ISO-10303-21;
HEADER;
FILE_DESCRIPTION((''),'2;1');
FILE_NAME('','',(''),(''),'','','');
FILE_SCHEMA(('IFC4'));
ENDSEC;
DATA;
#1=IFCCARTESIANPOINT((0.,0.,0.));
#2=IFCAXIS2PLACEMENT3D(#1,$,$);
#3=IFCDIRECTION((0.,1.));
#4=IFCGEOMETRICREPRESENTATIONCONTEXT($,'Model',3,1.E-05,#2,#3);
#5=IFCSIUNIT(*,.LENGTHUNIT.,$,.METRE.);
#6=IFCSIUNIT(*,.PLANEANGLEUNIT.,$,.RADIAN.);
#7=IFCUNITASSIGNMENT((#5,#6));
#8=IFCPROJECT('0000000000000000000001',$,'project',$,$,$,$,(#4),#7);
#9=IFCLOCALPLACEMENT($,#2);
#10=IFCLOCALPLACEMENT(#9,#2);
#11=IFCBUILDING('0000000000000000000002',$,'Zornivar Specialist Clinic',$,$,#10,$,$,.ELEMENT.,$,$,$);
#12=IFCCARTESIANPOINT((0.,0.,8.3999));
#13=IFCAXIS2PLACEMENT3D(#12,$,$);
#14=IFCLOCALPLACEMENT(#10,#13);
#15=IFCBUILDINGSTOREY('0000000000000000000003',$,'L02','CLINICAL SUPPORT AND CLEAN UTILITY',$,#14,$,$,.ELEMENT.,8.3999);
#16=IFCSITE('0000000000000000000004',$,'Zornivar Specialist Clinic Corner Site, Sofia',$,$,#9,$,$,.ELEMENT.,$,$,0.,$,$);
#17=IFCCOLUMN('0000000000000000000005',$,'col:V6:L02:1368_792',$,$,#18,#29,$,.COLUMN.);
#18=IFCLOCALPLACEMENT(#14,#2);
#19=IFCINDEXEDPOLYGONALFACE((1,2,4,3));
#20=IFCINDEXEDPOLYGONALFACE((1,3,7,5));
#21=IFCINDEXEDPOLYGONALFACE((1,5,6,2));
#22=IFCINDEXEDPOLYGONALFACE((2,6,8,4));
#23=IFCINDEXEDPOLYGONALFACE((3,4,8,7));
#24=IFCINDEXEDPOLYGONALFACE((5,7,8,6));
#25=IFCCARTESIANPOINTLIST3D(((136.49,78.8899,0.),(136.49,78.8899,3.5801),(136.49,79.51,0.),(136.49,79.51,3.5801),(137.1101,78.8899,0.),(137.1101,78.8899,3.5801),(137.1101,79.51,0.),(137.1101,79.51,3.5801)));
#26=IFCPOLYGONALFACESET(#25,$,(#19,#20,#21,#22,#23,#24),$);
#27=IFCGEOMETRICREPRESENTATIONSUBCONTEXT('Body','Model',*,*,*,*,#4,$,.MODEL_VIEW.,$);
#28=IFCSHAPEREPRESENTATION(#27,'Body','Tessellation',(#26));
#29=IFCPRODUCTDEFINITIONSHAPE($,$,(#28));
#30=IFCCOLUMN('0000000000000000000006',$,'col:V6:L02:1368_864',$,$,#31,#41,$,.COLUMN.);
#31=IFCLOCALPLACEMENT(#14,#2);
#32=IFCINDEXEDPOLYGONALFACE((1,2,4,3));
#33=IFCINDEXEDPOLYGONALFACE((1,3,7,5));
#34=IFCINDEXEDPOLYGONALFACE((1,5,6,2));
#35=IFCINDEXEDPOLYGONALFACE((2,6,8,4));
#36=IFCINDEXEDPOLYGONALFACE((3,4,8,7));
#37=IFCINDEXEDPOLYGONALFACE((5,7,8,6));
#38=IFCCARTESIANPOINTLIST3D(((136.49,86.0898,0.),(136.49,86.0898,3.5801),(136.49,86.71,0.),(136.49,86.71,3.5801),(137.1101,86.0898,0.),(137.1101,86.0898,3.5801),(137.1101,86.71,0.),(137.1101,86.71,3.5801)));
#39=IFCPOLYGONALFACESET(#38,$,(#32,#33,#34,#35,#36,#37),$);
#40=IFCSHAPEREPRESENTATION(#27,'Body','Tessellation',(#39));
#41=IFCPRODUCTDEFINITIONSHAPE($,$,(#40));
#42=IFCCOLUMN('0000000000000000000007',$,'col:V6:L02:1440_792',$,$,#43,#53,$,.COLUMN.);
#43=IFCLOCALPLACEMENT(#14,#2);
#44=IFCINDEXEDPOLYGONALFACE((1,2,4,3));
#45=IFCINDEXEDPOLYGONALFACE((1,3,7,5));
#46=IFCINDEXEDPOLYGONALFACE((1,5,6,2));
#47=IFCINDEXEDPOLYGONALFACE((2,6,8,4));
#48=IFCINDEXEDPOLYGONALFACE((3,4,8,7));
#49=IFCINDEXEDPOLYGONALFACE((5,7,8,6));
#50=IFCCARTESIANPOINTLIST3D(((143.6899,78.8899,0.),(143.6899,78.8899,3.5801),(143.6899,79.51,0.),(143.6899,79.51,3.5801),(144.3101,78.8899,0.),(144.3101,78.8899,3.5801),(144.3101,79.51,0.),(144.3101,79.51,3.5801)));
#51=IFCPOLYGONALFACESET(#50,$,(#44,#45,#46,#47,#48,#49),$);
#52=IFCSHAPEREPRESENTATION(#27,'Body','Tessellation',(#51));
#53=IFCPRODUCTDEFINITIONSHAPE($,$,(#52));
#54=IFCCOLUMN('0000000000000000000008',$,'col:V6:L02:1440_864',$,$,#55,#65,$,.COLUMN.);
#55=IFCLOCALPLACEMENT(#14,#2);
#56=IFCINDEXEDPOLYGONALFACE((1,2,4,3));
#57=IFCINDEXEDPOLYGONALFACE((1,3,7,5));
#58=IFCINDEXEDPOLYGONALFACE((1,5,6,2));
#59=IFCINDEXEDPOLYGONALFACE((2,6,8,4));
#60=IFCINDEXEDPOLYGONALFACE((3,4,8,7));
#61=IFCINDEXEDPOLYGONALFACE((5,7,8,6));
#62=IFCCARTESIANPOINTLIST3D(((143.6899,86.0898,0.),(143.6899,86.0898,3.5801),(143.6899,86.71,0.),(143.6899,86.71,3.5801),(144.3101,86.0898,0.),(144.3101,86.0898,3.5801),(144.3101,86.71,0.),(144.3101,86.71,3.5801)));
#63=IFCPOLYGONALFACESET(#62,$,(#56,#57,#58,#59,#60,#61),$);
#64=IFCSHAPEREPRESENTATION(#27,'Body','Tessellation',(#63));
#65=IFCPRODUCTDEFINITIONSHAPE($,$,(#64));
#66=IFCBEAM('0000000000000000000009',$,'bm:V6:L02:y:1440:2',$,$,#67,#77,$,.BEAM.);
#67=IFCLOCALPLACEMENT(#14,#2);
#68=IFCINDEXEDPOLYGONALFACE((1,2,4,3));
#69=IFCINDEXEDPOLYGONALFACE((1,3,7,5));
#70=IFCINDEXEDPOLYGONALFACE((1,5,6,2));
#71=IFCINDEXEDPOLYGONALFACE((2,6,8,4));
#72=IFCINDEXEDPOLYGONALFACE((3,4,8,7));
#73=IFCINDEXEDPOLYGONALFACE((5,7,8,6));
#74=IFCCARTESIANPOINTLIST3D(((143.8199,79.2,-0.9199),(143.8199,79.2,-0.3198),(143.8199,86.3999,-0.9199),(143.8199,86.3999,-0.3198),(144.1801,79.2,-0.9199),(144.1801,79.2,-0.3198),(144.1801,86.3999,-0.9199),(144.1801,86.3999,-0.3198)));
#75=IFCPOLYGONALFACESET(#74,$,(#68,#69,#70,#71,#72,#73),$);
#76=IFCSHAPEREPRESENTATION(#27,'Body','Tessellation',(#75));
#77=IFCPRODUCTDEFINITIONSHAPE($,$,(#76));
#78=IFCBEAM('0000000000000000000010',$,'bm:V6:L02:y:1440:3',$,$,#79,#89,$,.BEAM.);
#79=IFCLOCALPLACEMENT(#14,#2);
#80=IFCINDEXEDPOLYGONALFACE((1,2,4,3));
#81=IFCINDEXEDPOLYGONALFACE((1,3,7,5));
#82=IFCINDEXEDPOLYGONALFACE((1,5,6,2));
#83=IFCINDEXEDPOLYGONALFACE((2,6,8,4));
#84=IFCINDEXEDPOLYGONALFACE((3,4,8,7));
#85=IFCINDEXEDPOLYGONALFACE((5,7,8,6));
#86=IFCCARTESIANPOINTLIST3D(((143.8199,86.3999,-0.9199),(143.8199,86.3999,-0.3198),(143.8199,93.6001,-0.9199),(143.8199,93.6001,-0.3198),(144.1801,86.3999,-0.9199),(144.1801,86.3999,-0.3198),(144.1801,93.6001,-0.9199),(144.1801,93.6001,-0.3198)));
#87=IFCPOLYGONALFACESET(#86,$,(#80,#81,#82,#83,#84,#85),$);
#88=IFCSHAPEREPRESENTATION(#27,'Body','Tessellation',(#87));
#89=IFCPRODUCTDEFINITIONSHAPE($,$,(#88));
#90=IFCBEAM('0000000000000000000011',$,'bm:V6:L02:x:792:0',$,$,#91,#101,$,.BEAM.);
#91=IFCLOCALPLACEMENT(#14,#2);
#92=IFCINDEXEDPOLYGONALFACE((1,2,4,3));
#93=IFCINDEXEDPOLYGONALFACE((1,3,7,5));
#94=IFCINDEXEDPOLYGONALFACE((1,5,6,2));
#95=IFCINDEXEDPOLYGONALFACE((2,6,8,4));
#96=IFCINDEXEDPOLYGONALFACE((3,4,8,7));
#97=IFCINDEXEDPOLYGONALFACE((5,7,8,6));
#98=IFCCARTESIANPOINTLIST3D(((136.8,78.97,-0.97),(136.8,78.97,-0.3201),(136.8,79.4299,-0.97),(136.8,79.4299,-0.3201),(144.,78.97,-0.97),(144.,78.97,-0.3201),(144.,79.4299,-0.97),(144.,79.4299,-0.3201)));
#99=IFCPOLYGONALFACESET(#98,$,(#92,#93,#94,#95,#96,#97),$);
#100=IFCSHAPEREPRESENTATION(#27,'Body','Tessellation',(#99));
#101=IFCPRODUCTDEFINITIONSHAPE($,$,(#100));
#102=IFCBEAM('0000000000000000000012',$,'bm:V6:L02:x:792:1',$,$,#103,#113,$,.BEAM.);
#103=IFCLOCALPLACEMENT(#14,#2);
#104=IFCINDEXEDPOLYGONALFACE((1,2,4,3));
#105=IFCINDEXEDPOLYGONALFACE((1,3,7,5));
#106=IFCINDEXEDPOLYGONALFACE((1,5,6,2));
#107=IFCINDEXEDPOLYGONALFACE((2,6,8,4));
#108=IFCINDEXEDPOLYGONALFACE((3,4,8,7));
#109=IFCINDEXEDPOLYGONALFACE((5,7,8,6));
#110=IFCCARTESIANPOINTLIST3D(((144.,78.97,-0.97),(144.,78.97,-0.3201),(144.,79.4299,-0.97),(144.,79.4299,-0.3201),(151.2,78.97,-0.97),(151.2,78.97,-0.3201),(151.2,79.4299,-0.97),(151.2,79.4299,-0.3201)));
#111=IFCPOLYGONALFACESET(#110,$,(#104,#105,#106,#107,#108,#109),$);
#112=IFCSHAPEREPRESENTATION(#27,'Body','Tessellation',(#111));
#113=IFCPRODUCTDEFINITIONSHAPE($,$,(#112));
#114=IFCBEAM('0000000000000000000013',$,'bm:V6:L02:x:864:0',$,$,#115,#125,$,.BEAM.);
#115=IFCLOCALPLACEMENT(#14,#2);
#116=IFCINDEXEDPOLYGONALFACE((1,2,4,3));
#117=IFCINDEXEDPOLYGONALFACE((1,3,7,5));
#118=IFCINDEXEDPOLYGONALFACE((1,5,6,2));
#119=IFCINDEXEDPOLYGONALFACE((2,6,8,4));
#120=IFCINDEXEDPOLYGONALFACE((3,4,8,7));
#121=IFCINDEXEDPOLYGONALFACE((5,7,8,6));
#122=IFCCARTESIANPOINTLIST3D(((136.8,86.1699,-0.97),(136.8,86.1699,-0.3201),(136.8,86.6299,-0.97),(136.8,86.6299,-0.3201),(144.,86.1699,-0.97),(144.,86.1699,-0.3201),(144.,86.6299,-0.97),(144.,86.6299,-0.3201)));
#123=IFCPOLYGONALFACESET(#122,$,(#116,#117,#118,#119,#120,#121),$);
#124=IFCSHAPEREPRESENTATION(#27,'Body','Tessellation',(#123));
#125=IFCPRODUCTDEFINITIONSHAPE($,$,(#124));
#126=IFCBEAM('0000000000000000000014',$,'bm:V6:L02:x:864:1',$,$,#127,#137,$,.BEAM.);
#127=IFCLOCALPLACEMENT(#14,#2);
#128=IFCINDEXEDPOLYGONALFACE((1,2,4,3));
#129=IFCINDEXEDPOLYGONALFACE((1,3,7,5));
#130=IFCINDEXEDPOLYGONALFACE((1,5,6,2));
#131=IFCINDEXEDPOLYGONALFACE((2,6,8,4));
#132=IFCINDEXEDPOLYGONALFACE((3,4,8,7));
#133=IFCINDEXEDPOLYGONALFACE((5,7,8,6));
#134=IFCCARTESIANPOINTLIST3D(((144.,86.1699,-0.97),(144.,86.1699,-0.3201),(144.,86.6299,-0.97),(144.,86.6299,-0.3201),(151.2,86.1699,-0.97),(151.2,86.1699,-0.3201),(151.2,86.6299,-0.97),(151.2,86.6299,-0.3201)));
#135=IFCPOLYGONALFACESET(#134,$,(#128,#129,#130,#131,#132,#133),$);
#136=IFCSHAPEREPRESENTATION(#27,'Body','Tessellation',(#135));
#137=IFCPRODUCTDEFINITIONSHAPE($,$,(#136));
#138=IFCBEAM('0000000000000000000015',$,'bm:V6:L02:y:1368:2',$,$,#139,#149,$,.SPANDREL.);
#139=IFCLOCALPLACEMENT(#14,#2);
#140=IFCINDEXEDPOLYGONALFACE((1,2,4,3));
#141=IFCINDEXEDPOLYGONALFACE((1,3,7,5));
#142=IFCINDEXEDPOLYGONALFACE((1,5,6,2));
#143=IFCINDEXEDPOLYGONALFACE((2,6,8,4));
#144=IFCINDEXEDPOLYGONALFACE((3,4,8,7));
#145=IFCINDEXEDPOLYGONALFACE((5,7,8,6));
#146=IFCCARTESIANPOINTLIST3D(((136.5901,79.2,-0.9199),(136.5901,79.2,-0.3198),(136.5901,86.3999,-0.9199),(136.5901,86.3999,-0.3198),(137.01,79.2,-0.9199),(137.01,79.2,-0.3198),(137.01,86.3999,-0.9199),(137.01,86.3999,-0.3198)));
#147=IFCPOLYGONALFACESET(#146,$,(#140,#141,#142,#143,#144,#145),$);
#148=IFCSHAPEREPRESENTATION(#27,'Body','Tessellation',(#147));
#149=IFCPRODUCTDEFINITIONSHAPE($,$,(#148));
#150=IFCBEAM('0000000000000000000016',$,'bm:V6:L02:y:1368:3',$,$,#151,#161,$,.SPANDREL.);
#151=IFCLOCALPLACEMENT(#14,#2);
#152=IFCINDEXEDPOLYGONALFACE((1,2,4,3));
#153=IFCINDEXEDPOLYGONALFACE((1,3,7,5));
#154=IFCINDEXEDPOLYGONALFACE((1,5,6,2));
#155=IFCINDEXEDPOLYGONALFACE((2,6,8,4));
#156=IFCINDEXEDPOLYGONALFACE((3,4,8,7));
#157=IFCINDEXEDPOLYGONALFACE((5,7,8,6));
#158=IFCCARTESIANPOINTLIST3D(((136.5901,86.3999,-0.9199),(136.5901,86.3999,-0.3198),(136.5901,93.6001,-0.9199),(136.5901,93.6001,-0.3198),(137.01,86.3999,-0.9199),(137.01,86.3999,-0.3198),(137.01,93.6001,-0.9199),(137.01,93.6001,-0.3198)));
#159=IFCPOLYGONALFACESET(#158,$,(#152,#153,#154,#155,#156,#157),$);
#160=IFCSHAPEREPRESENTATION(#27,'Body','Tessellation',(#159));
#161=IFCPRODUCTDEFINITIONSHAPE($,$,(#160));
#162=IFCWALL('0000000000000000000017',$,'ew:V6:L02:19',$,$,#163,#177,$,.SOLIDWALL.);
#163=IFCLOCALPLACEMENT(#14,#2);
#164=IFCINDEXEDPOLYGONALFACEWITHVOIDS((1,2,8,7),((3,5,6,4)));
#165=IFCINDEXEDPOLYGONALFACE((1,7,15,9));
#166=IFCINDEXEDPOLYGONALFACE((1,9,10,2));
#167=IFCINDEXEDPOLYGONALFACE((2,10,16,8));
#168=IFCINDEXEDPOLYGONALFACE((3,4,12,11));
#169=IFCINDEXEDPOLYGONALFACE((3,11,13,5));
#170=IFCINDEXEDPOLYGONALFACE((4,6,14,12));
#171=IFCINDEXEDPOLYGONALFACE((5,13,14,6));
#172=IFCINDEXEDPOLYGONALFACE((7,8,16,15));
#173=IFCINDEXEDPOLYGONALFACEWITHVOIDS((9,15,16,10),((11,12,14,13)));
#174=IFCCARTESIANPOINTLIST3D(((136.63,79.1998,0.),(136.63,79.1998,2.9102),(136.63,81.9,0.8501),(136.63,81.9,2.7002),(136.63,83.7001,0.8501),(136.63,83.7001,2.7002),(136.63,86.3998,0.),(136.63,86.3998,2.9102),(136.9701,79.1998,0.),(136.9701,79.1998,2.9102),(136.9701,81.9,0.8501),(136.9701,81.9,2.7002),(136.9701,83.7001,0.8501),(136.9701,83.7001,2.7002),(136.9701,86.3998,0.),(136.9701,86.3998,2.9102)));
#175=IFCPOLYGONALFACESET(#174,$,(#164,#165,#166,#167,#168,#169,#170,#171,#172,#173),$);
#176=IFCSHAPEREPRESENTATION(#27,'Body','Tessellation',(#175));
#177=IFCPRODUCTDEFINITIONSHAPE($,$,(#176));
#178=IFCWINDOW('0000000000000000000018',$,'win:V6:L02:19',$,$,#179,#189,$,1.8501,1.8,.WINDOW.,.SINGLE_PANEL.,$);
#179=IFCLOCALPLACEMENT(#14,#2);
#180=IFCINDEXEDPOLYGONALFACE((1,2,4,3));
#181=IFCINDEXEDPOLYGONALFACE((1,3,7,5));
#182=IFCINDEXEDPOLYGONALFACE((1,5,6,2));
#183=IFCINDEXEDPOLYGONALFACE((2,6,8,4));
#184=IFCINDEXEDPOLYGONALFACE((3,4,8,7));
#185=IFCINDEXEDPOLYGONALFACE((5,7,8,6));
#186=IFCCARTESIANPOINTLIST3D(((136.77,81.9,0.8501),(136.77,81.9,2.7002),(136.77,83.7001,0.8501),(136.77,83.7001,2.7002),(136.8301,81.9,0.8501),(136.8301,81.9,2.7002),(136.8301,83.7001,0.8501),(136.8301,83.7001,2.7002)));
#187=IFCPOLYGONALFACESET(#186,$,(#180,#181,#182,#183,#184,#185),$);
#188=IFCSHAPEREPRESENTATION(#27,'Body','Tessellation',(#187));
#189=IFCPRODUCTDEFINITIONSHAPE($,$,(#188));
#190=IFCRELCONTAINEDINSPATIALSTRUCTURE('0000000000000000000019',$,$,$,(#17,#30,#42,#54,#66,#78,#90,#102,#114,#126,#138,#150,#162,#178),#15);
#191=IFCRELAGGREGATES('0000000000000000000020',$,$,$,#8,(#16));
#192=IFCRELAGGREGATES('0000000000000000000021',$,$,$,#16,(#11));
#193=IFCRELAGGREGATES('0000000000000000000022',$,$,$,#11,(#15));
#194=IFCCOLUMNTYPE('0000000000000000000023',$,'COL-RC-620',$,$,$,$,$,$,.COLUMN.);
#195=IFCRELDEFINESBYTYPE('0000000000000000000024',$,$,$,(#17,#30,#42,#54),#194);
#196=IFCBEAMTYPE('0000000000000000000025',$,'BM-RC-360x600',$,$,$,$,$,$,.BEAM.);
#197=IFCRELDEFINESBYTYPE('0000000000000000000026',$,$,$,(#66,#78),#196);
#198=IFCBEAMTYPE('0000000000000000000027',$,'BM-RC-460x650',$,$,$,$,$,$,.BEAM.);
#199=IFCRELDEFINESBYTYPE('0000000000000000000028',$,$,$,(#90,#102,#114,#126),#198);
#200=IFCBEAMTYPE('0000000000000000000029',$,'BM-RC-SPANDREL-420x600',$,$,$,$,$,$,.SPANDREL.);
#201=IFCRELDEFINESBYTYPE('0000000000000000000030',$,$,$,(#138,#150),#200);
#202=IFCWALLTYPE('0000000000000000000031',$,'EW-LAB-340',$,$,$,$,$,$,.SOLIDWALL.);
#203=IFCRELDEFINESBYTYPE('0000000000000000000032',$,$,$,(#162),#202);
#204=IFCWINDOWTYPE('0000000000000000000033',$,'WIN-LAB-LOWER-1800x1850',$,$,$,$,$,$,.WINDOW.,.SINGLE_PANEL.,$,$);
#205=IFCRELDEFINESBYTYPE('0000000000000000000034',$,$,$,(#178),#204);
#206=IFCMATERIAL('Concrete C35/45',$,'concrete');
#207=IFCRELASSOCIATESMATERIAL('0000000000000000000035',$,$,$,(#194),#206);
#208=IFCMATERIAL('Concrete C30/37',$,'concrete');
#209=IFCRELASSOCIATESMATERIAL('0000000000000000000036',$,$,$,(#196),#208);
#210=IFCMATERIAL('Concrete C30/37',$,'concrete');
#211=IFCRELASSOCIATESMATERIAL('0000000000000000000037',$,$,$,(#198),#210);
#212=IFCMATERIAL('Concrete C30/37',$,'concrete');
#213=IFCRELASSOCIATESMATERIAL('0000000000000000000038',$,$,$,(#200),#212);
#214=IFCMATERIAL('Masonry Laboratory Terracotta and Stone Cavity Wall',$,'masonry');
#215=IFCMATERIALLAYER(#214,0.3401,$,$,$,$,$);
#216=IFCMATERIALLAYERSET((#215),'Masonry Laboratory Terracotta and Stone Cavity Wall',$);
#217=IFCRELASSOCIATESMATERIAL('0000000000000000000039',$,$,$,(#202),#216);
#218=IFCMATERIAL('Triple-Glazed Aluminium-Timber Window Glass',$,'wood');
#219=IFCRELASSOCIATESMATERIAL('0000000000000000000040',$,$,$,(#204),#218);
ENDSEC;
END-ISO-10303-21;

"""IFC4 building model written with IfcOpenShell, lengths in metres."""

from ifc_helpers import new_model, si_unit, direction, frame, frame_2d, origin, origin_2d, place, context, subcontext, project, spatial, rectangle, extrude, material, layer, layer_set, material_profile, profile_set, type_object, element, fill, save


model = new_model("IFC4")

# Units and contexts
model_context = context("Model", 3, precision=1e-05, world=origin(), true_north=direction((0.0, 1.0)))
body_context = subcontext(model_context, "Body", "Model", "MODEL_VIEW")
ifc_project = project(units=[si_unit("LENGTHUNIT", "METRE"), si_unit("PLANEANGLEUNIT", "RADIAN")], contexts=[model_context])

# Site, building, storey
site_placement = place(None, origin())
site = spatial("IfcSite", under=ifc_project, at=site_placement, Name="Zornivar Specialist Clinic Corner Site, Sofia", CompositionType="ELEMENT", RefElevation=0.0)
building_placement = place(site_placement, origin())
building = spatial("IfcBuilding", under=site, at=building_placement, Name="Zornivar Specialist Clinic", CompositionType="ELEMENT")
storey_placement = place(building_placement, frame((0.0, 0.0, 8.3999)))
storey = spatial("IfcBuildingStorey", under=building, at=storey_placement, Name="L02", Description="CLINICAL SUPPORT AND CLEAN UTILITY", CompositionType="ELEMENT", Elevation=8.3999)

# Columns
ifc_material_1 = material(Name="Concrete C35/45", Category="concrete")
ifc_material_profile_1 = material_profile(ifc_material_1, rectangle(XDim=0.6201, YDim=0.6201, at=origin_2d()), Name="RC 620x620")
ifc_profile_set_1 = profile_set([ifc_material_profile_1], Name="Concrete C35/45")
column_type = type_object("IfcColumnType", Name="COL-RC-620", PredefinedType="COLUMN", material=ifc_profile_set_1)
for number, where, z_axis, x_axis, name in (
    (1, (136.8, 79.2, 0.0), (0.0, 0.0, 1.0), (1.0, 0.0, 0.0), "col:V6:L02:1368_792"),
    (2, (136.8, 86.3999, 0.0), (0.0, 0.0, 1.0), (1.0, 0.0, 0.0), "col:V6:L02:1368_864"),
    (3, (144.0, 79.2, 0.0), (0.0, 0.0, 1.0), (1.0, 0.0, 0.0), "col:V6:L02:1440_792"),
    (4, (144.0, 86.3999, 0.0), (0.0, 0.0, 1.0), (1.0, 0.0, 0.0), "col:V6:L02:1440_864"),
):
    element("IfcColumn", number, at=place(storey_placement, frame(where, z_axis=z_axis, x_axis=x_axis)), inside=storey, type_object=column_type, Name=name, PredefinedType="COLUMN", context=body_context, shape_type="SweptSolid", body=[
        extrude(rectangle(XDim=0.6201, YDim=0.6201, at=origin_2d()), origin(), (0.0, 0.0, 1.0), 3.5801),
    ])

# Beams
ifc_material_2 = material(Name="Concrete C30/37", Category="concrete")
ifc_material_profile_2 = material_profile(ifc_material_2, rectangle(XDim=0.3601, YDim=0.6001, at=origin_2d()), Name="RC 360x600")
ifc_profile_set_2 = profile_set([ifc_material_profile_2], Name="Concrete C30/37")
beam_type_1 = type_object("IfcBeamType", Name="BM-RC-360x600", PredefinedType="BEAM", material=ifc_profile_set_2)
beam_1_placement = place(storey_placement, frame((144.0, 79.2, -0.6199), z_axis=(0.0, 1.0, 0.0), x_axis=(-1.0, 0.0, 0.0)))
element("IfcBeam", 5, at=beam_1_placement, inside=storey, type_object=beam_type_1, Name="bm:V6:L02:y:1440:2", PredefinedType="BEAM", context=body_context, shape_type="SweptSolid", body=[
    extrude(rectangle(XDim=0.3601, YDim=0.6001, at=origin_2d()), origin(), (0.0, 0.0, 1.0), 7.2),
])
beam_2_placement = place(storey_placement, frame((144.0, 86.3999, -0.6199), z_axis=(0.0, 1.0, 0.0), x_axis=(-1.0, 0.0, 0.0)))
element("IfcBeam", 6, at=beam_2_placement, inside=storey, type_object=beam_type_1, Name="bm:V6:L02:y:1440:3", PredefinedType="BEAM", context=body_context, shape_type="SweptSolid", body=[
    extrude(rectangle(XDim=0.3601, YDim=0.6001, at=origin_2d()), origin(), (0.0, 0.0, 1.0), 7.2002),
])
ifc_material_3 = material(Name="Concrete C30/37", Category="concrete")
ifc_material_profile_3 = material_profile(ifc_material_3, rectangle(XDim=0.46, YDim=0.6499, at=origin_2d()), Name="RC 460x650")
ifc_profile_set_3 = profile_set([ifc_material_profile_3], Name="Concrete C30/37")
beam_type_2 = type_object("IfcBeamType", Name="BM-RC-460x650", PredefinedType="BEAM", material=ifc_profile_set_3)
for number, where, z_axis, x_axis, name in (
    (7, (136.8, 79.2, -0.645), (1.0, 0.0, 0.0), (0.0, 1.0, 0.0), "bm:V6:L02:x:792:0"),
    (8, (144.0, 79.2, -0.645), (1.0, 0.0, 0.0), (0.0, 1.0, 0.0), "bm:V6:L02:x:792:1"),
    (9, (136.8, 86.3999, -0.645), (1.0, 0.0, 0.0), (0.0, 1.0, 0.0), "bm:V6:L02:x:864:0"),
    (10, (144.0, 86.3999, -0.645), (1.0, 0.0, 0.0), (0.0, 1.0, 0.0), "bm:V6:L02:x:864:1"),
):
    element("IfcBeam", number, at=place(storey_placement, frame(where, z_axis=z_axis, x_axis=x_axis)), inside=storey, type_object=beam_type_2, Name=name, PredefinedType="BEAM", context=body_context, shape_type="SweptSolid", body=[
        extrude(rectangle(XDim=0.46, YDim=0.6499, at=origin_2d()), origin(), (0.0, 0.0, 1.0), 7.2),
    ])
ifc_material_4 = material(Name="Concrete C30/37", Category="concrete")
ifc_material_profile_4 = material_profile(ifc_material_4, rectangle(XDim=0.4199, YDim=0.6001, at=origin_2d()), Name="RC 420x600")
ifc_profile_set_4 = profile_set([ifc_material_profile_4], Name="Concrete C30/37")
beam_type_3 = type_object("IfcBeamType", Name="BM-RC-SPANDREL-420x600", PredefinedType="SPANDREL", material=ifc_profile_set_4)
beam_3_placement = place(storey_placement, frame((136.8, 79.2, -0.6199), z_axis=(0.0, 1.0, 0.0), x_axis=(-1.0, 0.0, 0.0)))
element("IfcBeam", 11, at=beam_3_placement, inside=storey, type_object=beam_type_3, Name="bm:V6:L02:y:1368:2", PredefinedType="SPANDREL", context=body_context, shape_type="SweptSolid", body=[
    extrude(rectangle(XDim=0.4199, YDim=0.6001, at=origin_2d()), origin(), (0.0, 0.0, 1.0), 7.2),
])
beam_4_placement = place(storey_placement, frame((136.8, 86.3999, -0.6199), z_axis=(0.0, 1.0, 0.0), x_axis=(-1.0, 0.0, 0.0)))
element("IfcBeam", 12, at=beam_4_placement, inside=storey, type_object=beam_type_3, Name="bm:V6:L02:y:1368:3", PredefinedType="SPANDREL", context=body_context, shape_type="SweptSolid", body=[
    extrude(rectangle(XDim=0.4199, YDim=0.6001, at=origin_2d()), origin(), (0.0, 0.0, 1.0), 7.2002),
])

# Wall, opening, window
ifc_material_5 = material(Name="Masonry Laboratory Terracotta and Stone Cavity Wall", Category="masonry")
ifc_layer_1 = layer(ifc_material_5, 0.3401)
ifc_layer_set_1 = layer_set([ifc_layer_1], Name="Masonry Laboratory Terracotta and Stone Cavity Wall")
wall_type_1 = type_object("IfcWallType", Name="EW-LAB-340", PredefinedType="SOLIDWALL", material=ifc_layer_set_1)
wall_1_placement = place(storey_placement, frame((136.8, 86.3999, 0.0), z_axis=(0.0, 0.0, 1.0), x_axis=(0.0, -1.0, 0.0)))
wall_1 = element("IfcWall", 13, at=wall_1_placement, inside=storey, type_object=wall_type_1, Name="ew:V6:L02:19", PredefinedType="SOLIDWALL", context=body_context, shape_type="SweptSolid", body=[
    extrude(rectangle(XDim=7.2, YDim=0.3401, at=frame_2d((3.6001, 0.0))), origin(), (0.0, 0.0, 1.0), 2.9102),
])
opening_1_placement = place(wall_1_placement, frame((2.7, 0.0, 0.8501)))
opening_1 = element("IfcOpeningElement", 14, at=opening_1_placement, cuts=wall_1, PredefinedType="OPENING", context=body_context, shape_type="SweptSolid", body=[
    extrude(rectangle(XDim=1.8, YDim=1.8501, at=frame_2d((0.8999, 0.925))), frame((0.0, 0.1799, 0.0), z_axis=(0.0, -1.0, 0.0), x_axis=(1.0, 0.0, 0.0)), (0.0, 0.0, 1.0), 0.3601),
])
ifc_material_6 = material(Name="Triple-Glazed Aluminium-Timber Window Glass", Category="wood")
window_type = type_object("IfcWindowType", Name="WIN-LAB-LOWER-1800x1850", PartitioningType="SINGLE_PANEL", PredefinedType="WINDOW", material=ifc_material_6)
window_1_placement = place(opening_1_placement, origin())
window_1 = element("IfcWindow", 15, at=window_1_placement, inside=storey, type_object=window_type, Name="win:V6:L02:19", OverallHeight=1.8501, OverallWidth=1.8, PartitioningType="SINGLE_PANEL", PredefinedType="WINDOW", context=body_context, shape_type="SweptSolid", body=[
    extrude(rectangle(XDim=1.8, YDim=1.8501, at=frame_2d((0.8999, 0.925))), frame((0.0, 0.03, 0.0), z_axis=(0.0, -1.0, 0.0), x_axis=(1.0, 0.0, 0.0)), (0.0, 0.0, 1.0), 0.0601),
])
fill(opening_1, window_1)

save(model, "model.ifc")
